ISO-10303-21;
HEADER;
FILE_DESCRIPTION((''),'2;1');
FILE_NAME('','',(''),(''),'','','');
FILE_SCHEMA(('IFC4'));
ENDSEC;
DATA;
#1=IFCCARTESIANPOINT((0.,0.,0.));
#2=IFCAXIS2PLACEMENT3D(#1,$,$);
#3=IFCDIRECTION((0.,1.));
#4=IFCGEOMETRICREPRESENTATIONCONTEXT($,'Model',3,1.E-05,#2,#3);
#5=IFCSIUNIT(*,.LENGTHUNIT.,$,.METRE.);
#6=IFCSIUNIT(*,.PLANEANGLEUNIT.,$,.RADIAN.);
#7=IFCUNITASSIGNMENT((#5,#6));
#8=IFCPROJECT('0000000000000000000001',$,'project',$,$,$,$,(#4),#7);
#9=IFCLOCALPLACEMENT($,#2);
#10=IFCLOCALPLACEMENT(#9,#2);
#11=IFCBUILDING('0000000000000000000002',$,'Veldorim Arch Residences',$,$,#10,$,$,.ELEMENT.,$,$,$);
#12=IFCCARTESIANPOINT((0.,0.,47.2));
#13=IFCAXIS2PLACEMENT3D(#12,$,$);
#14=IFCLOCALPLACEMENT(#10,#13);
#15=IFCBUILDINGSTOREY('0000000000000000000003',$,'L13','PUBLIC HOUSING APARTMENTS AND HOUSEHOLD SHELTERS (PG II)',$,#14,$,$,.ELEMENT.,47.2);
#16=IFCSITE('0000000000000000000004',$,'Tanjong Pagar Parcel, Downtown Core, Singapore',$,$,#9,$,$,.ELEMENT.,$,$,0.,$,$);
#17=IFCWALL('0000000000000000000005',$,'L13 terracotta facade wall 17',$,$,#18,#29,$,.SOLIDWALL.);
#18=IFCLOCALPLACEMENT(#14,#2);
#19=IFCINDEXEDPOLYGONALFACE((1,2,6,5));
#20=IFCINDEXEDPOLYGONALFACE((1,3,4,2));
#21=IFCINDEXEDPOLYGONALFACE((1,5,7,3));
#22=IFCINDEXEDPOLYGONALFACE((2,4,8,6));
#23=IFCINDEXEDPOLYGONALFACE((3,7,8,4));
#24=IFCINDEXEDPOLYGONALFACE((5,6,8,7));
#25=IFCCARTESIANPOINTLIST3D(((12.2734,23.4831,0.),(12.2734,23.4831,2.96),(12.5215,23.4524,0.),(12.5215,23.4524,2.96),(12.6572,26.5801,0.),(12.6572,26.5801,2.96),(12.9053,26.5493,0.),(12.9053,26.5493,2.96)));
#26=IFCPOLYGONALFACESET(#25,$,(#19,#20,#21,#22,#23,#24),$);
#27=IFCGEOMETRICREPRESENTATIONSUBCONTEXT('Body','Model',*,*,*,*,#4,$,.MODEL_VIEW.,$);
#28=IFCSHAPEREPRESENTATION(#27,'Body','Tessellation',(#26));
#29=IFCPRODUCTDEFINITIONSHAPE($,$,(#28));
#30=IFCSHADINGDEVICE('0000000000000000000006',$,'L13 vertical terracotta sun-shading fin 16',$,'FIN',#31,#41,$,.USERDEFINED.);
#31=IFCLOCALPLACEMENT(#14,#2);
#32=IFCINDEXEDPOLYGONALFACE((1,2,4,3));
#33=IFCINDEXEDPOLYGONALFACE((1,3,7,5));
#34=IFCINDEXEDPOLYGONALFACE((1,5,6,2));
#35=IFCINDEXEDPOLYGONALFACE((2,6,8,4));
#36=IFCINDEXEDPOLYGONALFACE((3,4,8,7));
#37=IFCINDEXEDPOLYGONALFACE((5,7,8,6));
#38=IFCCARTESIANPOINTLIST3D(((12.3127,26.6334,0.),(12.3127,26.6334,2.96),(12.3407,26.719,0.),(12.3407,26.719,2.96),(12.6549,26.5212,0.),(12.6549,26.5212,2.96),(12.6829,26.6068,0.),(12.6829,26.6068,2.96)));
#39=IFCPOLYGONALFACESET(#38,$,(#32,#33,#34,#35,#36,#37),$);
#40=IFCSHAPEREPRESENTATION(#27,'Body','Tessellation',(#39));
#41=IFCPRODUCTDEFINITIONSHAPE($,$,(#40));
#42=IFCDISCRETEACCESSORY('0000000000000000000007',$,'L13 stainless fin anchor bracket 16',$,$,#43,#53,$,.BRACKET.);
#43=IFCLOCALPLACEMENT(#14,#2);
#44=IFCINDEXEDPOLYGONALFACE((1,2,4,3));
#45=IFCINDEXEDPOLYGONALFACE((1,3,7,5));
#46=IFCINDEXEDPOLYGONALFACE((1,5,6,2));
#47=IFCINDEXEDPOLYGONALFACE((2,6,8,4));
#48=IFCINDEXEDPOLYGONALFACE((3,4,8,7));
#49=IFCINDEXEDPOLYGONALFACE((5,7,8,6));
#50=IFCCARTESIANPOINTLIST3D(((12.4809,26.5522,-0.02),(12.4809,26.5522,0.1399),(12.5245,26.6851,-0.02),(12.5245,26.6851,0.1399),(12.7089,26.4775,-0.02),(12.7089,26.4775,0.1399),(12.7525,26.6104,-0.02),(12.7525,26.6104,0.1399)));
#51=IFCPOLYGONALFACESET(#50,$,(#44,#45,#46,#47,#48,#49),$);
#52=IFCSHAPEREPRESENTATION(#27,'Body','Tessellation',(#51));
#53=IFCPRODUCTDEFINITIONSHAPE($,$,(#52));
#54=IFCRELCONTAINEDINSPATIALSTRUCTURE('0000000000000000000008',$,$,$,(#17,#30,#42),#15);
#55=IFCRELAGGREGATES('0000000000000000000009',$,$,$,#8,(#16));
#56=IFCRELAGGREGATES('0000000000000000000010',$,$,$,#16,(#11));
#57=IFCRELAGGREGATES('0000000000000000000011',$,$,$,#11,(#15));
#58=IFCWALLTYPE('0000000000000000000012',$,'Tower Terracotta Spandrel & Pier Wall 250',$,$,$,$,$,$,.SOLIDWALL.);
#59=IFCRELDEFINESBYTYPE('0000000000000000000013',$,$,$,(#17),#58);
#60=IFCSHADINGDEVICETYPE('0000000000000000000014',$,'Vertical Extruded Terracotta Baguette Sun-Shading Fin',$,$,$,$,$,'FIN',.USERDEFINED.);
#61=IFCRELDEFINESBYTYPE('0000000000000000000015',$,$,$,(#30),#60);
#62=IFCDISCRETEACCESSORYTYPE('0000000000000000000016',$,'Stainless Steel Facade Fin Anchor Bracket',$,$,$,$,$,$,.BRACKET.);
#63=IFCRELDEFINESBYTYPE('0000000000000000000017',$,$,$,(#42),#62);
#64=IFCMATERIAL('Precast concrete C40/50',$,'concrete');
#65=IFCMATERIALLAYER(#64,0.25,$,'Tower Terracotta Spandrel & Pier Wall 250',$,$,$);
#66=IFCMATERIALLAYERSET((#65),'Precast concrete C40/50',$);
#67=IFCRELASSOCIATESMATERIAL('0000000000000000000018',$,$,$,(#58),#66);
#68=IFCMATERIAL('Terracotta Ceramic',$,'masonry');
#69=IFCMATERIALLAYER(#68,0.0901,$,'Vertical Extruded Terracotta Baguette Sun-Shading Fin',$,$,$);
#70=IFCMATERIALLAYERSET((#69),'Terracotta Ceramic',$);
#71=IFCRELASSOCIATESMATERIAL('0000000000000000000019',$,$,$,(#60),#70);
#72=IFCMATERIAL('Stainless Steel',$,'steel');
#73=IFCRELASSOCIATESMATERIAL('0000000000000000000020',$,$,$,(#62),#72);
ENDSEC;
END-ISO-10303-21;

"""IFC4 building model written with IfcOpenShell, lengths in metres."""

from ifc_helpers import new_model, si_unit, direction, frame, frame_2d, origin, origin_2d, place, context, subcontext, project, spatial, rectangle, extrude, material, layer, layer_set, type_object, element, save


model = new_model("IFC4")

# Units and contexts
model_context = context("Model", 3, precision=1e-05, world=origin(), true_north=direction((0.0, 1.0)))
body_context = subcontext(model_context, "Body", "Model", "MODEL_VIEW")
ifc_project = project(units=[si_unit("LENGTHUNIT", "METRE"), si_unit("PLANEANGLEUNIT", "RADIAN")], contexts=[model_context])

# Site, building, storey
site_placement = place(None, origin())
site = spatial("IfcSite", under=ifc_project, at=site_placement, Name="Tanjong Pagar Parcel, Downtown Core, Singapore", CompositionType="ELEMENT", RefElevation=0.0)
building_placement = place(site_placement, origin())
building = spatial("IfcBuilding", under=site, at=building_placement, Name="Veldorim Arch Residences", CompositionType="ELEMENT")
storey_placement = place(building_placement, frame((0.0, 0.0, 47.2)))
storey = spatial("IfcBuildingStorey", under=building, at=storey_placement, Name="L13", Description="PUBLIC HOUSING APARTMENTS AND HOUSEHOLD SHELTERS (PG II)", CompositionType="ELEMENT", Elevation=47.2)

# Wall
ifc_material_1 = material(Name="Precast concrete C40/50", Category="concrete")
ifc_layer_1 = layer(ifc_material_1, 0.25, Name="Tower Terracotta Spandrel & Pier Wall 250")
ifc_layer_set_1 = layer_set([ifc_layer_1], Name="Precast concrete C40/50")
wall_type_1 = type_object("IfcWallType", Name="Tower Terracotta Spandrel & Pier Wall 250", PredefinedType="SOLIDWALL", material=ifc_layer_set_1)
wall_1_placement = place(storey_placement, frame((12.3975, 23.4678, 0.0), z_axis=(0.0, 0.0, 1.0), x_axis=(0.122985, 0.992409, 0.0)))
element("IfcWall", 1, at=wall_1_placement, inside=storey, type_object=wall_type_1, Name="L13 terracotta facade wall 17", PredefinedType="SOLIDWALL", context=body_context, shape_type="SweptSolid", body=[
    extrude(rectangle(XDim=3.1206, YDim=0.25, at=frame_2d((1.5603, 0.0))), origin(), (0.0, 0.0, 1.0), 2.96),
])

# Shading device
ifc_material_2 = material(Name="Terracotta Ceramic", Category="masonry")
ifc_layer_2 = layer(ifc_material_2, 0.0901, Name="Vertical Extruded Terracotta Baguette Sun-Shading Fin")
ifc_layer_set_2 = layer_set([ifc_layer_2], Name="Terracotta Ceramic")
shading_device_type = type_object("IfcShadingDeviceType", Name="Vertical Extruded Terracotta Baguette Sun-Shading Fin", ElementType="FIN", PredefinedType="USERDEFINED", material=ifc_layer_set_2)
shading_device_placement = place(storey_placement, frame((12.4978, 26.6201, 0.0), z_axis=(0.0, 0.0, 1.0), x_axis=(0.311506, 0.950244, 0.0)))
element("IfcShadingDevice", 2, at=shading_device_placement, inside=storey, type_object=shading_device_type, Name="L13 vertical terracotta sun-shading fin 16", ObjectType="FIN", PredefinedType="USERDEFINED", context=body_context, shape_type="SweptSolid", body=[
    extrude(rectangle(XDim=0.0901, YDim=0.3601, at=origin_2d()), origin(), (0.0, 0.0, 1.0), 2.96),
])

# Discrete accessory
ifc_material_3 = material(Name="Stainless Steel", Category="steel")
discrete_accessory_type = type_object("IfcDiscreteAccessoryType", Name="Stainless Steel Facade Fin Anchor Bracket", PredefinedType="BRACKET", material=ifc_material_3)
discrete_accessory_placement = place(storey_placement, frame((12.6167, 26.5813, -0.02), z_axis=(0.0, 0.0, 1.0), x_axis=(0.311506, 0.950244, 0.0)))
element("IfcDiscreteAccessory", 3, at=discrete_accessory_placement, inside=storey, type_object=discrete_accessory_type, Name="L13 stainless fin anchor bracket 16", PredefinedType="BRACKET", context=body_context, shape_type="SweptSolid", body=[
    extrude(rectangle(XDim=0.1399, YDim=0.24, at=origin_2d()), origin(), (0.0, 0.0, 1.0), 0.1599),
])

save(model, "model.ifc")
